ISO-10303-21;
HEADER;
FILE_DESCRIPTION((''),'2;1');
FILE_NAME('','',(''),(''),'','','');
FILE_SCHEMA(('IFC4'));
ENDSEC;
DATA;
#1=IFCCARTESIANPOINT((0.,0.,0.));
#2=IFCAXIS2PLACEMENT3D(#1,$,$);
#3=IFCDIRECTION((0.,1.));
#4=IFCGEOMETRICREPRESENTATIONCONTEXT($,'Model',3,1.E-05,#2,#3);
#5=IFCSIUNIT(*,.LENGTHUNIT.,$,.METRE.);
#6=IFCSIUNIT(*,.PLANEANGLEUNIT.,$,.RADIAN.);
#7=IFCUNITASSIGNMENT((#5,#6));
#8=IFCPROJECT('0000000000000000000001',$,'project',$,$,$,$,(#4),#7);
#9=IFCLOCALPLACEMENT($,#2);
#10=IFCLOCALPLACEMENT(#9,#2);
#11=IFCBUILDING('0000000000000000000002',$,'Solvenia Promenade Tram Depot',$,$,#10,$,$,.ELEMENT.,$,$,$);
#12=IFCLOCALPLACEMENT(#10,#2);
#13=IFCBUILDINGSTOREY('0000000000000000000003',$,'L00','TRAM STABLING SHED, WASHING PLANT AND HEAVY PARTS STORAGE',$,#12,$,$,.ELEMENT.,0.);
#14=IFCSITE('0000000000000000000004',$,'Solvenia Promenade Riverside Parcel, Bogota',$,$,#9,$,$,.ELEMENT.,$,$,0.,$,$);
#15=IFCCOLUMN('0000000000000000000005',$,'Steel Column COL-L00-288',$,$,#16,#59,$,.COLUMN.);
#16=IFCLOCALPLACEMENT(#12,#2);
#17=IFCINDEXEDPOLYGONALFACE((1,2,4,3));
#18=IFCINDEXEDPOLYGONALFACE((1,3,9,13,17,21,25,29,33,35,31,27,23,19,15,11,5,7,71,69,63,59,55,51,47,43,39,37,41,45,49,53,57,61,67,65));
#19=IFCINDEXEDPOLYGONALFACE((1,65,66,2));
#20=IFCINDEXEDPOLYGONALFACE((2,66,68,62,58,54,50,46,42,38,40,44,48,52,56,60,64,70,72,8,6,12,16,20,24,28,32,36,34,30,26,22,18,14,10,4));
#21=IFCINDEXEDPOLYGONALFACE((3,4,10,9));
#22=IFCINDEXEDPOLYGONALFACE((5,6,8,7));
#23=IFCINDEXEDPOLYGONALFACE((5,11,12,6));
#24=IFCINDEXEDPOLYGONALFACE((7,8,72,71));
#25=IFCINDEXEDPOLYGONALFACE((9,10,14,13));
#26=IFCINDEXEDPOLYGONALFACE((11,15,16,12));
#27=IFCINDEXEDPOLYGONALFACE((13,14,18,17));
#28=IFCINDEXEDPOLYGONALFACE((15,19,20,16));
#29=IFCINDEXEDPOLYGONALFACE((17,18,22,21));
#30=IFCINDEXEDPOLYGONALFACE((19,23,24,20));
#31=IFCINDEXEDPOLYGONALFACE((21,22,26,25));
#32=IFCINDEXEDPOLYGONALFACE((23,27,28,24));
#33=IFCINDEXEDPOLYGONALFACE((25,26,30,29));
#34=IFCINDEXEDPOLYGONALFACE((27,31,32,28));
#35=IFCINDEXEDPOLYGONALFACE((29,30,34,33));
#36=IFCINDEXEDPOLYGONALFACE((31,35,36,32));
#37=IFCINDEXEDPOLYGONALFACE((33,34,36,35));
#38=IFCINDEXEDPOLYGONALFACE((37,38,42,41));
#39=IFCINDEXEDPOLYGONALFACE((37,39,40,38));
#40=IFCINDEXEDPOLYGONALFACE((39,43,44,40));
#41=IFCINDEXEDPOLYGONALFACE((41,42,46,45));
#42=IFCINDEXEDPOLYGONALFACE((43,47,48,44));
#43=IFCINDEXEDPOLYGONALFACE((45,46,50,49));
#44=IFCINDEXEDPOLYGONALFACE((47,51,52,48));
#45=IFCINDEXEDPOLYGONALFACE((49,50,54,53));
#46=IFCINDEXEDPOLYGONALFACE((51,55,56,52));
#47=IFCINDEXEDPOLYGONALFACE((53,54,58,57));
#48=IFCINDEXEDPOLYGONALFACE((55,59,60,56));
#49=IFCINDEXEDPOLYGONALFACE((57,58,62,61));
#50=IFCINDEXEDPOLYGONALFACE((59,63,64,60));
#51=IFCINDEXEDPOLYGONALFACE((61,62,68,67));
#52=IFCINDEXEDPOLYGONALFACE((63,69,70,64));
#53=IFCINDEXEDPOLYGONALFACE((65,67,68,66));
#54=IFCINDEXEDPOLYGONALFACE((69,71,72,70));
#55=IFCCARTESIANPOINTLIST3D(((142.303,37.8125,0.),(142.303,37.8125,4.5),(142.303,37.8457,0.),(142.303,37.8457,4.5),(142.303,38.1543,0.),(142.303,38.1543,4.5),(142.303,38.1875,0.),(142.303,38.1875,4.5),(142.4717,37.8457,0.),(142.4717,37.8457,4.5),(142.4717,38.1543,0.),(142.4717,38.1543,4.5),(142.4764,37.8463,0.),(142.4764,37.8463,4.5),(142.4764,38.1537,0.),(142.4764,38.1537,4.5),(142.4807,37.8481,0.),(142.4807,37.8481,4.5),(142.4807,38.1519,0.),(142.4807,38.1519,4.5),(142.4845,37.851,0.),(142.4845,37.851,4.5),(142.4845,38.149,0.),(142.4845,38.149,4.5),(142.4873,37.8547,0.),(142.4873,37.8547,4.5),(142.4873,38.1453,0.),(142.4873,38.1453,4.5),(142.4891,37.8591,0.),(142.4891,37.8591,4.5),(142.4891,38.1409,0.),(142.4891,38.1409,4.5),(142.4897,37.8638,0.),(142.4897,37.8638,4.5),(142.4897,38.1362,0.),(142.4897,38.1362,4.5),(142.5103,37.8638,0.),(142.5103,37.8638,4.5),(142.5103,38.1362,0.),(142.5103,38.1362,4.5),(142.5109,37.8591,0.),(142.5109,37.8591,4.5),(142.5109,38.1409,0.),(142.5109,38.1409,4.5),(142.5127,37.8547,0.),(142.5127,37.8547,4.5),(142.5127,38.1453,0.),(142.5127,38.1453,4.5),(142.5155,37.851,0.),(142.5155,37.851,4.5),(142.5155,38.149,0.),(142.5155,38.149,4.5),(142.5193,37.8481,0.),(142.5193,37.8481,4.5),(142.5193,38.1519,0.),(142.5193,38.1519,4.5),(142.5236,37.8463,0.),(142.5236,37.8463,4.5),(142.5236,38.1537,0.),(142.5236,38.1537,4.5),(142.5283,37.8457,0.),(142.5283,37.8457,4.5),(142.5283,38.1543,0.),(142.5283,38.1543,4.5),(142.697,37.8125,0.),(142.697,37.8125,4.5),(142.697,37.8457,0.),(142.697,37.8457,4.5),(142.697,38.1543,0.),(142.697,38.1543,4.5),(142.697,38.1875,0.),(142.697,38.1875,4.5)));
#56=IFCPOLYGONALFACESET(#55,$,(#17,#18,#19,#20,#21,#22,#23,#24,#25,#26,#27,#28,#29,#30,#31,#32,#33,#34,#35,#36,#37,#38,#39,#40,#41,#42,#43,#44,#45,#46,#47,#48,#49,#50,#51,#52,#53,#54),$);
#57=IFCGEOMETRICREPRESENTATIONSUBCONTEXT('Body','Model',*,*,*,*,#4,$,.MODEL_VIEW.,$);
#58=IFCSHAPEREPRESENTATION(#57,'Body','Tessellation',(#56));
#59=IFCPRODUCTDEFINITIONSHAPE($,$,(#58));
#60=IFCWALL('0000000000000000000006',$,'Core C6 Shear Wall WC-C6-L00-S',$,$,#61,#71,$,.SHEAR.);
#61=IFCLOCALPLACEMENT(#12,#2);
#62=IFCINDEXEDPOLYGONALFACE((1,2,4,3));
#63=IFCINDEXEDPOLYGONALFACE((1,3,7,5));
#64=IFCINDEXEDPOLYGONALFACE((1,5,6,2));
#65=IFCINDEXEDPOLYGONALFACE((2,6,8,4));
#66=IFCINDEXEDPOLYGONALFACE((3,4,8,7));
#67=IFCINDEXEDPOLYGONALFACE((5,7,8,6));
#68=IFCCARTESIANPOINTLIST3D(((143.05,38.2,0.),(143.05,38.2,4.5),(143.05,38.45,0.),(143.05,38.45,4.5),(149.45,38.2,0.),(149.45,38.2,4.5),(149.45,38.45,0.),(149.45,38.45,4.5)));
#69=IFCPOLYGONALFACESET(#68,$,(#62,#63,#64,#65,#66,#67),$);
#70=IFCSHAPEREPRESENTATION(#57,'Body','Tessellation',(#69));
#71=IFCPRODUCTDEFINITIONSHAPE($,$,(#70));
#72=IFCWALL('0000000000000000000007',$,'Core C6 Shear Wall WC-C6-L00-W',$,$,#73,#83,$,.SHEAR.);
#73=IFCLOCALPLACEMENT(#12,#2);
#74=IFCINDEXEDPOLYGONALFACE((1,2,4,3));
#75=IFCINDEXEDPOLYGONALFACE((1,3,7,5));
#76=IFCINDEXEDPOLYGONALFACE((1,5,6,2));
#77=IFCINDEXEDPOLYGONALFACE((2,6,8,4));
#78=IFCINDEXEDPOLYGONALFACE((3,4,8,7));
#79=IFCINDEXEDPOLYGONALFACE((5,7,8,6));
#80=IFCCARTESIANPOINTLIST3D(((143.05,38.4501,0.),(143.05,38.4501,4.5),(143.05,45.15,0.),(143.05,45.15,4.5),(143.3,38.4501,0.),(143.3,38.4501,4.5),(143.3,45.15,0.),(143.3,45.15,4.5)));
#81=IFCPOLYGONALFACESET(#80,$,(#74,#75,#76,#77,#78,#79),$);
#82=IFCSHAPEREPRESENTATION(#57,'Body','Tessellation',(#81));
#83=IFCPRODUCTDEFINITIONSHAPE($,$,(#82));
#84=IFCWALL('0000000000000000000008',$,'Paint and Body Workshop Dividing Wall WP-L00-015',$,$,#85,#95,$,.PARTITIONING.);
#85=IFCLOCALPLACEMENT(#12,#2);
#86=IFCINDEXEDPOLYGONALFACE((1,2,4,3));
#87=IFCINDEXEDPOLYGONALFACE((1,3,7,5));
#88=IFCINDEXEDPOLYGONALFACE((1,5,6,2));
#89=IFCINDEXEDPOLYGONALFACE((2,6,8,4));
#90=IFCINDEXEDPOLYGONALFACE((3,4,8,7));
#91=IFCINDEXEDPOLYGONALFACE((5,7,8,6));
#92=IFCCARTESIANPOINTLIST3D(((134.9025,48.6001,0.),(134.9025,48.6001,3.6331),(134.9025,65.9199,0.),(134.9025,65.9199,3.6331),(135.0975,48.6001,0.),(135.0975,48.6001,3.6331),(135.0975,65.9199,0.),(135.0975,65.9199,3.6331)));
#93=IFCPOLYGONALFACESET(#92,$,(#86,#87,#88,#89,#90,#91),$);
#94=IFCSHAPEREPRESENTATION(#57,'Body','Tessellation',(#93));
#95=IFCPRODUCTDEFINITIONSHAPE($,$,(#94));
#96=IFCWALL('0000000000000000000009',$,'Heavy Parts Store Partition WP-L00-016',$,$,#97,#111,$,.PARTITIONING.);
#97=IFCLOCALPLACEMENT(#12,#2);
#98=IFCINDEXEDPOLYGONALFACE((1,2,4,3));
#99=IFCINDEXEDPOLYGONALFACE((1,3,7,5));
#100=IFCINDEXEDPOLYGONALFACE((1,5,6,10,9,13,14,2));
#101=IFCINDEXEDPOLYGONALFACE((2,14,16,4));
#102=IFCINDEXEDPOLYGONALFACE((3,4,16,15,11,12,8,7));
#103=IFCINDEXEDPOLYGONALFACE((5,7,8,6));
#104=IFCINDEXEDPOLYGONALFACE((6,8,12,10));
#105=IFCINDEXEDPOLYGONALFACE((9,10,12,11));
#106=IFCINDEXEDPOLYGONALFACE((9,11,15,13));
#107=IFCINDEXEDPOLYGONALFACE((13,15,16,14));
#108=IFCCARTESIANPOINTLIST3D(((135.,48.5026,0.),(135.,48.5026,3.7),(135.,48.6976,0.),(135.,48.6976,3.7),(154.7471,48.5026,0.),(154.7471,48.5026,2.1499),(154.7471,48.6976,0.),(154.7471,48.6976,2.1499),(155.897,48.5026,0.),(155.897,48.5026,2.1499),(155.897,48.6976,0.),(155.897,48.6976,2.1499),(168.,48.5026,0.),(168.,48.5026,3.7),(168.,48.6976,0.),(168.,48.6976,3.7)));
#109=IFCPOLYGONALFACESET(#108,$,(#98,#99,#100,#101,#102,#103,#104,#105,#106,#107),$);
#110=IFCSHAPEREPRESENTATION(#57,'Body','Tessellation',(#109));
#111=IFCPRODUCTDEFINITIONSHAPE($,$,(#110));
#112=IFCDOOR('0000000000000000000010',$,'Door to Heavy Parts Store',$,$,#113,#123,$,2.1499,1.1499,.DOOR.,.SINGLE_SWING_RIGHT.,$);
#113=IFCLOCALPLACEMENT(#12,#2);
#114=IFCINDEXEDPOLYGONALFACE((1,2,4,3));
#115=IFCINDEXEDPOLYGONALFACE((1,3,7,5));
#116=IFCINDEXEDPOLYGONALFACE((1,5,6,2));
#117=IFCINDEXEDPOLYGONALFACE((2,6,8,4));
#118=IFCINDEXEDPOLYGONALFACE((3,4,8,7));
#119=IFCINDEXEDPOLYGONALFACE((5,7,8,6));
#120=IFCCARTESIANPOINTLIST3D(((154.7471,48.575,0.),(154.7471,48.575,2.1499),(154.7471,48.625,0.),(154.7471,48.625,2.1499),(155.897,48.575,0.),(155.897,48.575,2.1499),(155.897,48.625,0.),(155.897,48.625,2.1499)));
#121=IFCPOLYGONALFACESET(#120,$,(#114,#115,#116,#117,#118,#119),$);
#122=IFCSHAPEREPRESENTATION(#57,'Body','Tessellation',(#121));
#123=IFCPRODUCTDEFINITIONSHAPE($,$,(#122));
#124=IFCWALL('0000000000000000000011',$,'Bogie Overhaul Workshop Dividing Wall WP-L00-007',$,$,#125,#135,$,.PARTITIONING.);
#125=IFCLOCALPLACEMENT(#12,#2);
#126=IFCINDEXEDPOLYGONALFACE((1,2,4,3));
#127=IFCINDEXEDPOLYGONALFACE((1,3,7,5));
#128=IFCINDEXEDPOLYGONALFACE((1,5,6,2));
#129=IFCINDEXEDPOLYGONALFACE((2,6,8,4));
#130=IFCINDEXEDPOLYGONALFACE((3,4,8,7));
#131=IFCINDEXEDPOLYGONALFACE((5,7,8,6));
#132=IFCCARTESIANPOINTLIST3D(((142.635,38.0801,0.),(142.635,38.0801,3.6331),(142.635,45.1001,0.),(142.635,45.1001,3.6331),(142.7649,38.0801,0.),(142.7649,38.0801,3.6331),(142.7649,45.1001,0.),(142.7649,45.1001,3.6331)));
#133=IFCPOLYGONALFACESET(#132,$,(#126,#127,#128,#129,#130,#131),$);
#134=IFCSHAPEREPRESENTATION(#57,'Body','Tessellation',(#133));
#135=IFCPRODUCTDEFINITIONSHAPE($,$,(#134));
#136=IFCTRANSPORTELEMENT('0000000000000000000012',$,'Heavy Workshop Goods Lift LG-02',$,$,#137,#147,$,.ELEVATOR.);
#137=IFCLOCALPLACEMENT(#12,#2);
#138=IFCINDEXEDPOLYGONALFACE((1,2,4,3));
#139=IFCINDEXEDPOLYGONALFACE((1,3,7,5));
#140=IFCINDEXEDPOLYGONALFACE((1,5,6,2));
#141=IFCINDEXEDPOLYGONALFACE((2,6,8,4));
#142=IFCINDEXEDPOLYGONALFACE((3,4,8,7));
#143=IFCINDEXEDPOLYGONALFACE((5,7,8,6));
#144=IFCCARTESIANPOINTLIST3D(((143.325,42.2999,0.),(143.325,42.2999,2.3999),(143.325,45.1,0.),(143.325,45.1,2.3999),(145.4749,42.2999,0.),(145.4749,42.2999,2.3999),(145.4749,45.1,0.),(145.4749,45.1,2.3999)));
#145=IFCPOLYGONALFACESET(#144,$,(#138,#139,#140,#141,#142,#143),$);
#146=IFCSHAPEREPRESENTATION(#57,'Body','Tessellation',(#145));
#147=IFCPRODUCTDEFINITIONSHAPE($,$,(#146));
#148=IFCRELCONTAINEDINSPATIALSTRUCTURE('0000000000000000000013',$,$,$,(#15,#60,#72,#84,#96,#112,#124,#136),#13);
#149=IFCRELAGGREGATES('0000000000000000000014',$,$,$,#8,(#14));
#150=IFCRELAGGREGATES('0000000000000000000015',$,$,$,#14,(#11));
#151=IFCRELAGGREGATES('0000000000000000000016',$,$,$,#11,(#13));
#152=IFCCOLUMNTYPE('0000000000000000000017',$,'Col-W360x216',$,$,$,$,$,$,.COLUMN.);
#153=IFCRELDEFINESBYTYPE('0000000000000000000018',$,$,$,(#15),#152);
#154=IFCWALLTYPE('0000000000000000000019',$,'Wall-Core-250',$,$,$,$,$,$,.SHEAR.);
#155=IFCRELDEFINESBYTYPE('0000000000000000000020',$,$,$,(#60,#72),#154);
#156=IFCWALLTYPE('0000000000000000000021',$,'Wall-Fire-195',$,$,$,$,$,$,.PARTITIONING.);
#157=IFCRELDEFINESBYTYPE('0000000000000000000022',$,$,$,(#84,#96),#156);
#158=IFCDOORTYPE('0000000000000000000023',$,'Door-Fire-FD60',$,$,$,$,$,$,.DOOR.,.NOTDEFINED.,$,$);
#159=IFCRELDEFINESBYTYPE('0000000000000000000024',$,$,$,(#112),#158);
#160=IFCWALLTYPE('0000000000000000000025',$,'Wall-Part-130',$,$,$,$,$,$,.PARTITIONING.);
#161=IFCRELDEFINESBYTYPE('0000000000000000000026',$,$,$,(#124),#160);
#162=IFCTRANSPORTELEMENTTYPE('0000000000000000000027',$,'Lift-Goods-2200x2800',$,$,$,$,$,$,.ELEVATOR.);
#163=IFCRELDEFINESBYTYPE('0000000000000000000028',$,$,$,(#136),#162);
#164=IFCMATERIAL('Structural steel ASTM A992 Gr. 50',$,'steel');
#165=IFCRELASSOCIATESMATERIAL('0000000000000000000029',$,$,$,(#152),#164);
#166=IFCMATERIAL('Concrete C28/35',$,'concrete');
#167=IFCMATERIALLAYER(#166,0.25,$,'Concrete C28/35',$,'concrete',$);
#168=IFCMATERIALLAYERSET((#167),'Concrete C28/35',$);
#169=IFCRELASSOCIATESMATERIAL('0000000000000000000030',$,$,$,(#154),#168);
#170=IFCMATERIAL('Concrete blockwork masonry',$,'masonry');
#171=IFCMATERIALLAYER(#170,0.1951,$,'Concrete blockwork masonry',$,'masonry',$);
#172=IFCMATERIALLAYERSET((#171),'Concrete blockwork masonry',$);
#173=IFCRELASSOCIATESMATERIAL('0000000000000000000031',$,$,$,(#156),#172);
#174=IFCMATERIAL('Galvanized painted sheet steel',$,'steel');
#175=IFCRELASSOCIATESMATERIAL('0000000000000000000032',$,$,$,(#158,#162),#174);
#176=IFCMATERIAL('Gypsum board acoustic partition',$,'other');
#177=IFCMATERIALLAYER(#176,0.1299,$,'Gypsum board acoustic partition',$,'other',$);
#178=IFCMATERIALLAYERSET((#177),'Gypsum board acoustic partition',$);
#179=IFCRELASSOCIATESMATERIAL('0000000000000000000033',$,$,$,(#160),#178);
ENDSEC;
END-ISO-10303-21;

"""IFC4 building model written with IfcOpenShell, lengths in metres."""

from ifc_helpers import new_model, si_unit, direction, frame, frame_2d, origin, origin_2d, place, context, subcontext, project, spatial, rectangle, i_section, extrude, material, layer, layer_set, material_profile, profile_set, type_object, element, fill, save


model = new_model("IFC4")

# Units and contexts
model_context = context("Model", 3, precision=1e-05, world=origin(), true_north=direction((0.0, 1.0)))
body_context = subcontext(model_context, "Body", "Model", "MODEL_VIEW")
ifc_project = project(units=[si_unit("LENGTHUNIT", "METRE"), si_unit("PLANEANGLEUNIT", "RADIAN")], contexts=[model_context])

# Site, building, storey
site_placement = place(None, origin())
site = spatial("IfcSite", under=ifc_project, at=site_placement, Name="Solvenia Promenade Riverside Parcel, Bogota", CompositionType="ELEMENT", RefElevation=0.0)
building_placement = place(site_placement, origin())
building = spatial("IfcBuilding", under=site, at=building_placement, Name="Solvenia Promenade Tram Depot", CompositionType="ELEMENT")
storey_placement = place(building_placement, origin())
storey = spatial("IfcBuildingStorey", under=building, at=storey_placement, Name="L00", Description="TRAM STABLING SHED, WASHING PLANT AND HEAVY PARTS STORAGE", CompositionType="ELEMENT", Elevation=0.0)

# Shared definitions
ifc_material_1 = material(Name="Concrete C28/35", Category="concrete")

# Column
ifc_material_2 = material(Name="Structural steel ASTM A992 Gr. 50", Category="steel")
ifc_material_profile_1 = material_profile(ifc_material_2, i_section(OverallWidth=0.394, OverallDepth=0.375, WebThickness=0.0205, FlangeThickness=0.0332, FilletRadius=0.0181, at=origin_2d()), Name="W360x216", Category="steel")
ifc_profile_set_1 = profile_set([ifc_material_profile_1], Name="Structural steel ASTM A992 Gr. 50")
column_type = type_object("IfcColumnType", Name="Col-W360x216", PredefinedType="COLUMN", material=ifc_profile_set_1)
column_placement = place(storey_placement, frame((142.5, 38.0, 0.0), z_axis=(0.0, 0.0, 1.0), x_axis=(1.0, 0.0, 0.0)))
element("IfcColumn", 1, at=column_placement, inside=storey, type_object=column_type, Name="Steel Column COL-L00-288", PredefinedType="COLUMN", context=body_context, shape_type="SweptSolid", body=[
    extrude(i_section(OverallWidth=0.394, OverallDepth=0.375, WebThickness=0.0205, FlangeThickness=0.0332, FilletRadius=0.0181, at=origin_2d()), origin(), (0.0, 0.0, 1.0), 4.5),
])

# Wall
ifc_layer_1 = layer(ifc_material_1, 0.25, Name="Concrete C28/35", Category="concrete")
ifc_layer_set_1 = layer_set([ifc_layer_1], Name="Concrete C28/35")
wall_type_1 = type_object("IfcWallType", Name="Wall-Core-250", PredefinedType="SHEAR", material=ifc_layer_set_1)
wall_1_placement = place(storey_placement, frame((143.05, 38.325, 0.0), z_axis=(0.0, 0.0, 1.0), x_axis=(1.0, 0.0, 0.0)))
element("IfcWall", 2, at=wall_1_placement, inside=storey, type_object=wall_type_1, Name="Core C6 Shear Wall WC-C6-L00-S", PredefinedType="SHEAR", context=body_context, shape_type="SweptSolid", body=[
    extrude(rectangle(XDim=6.3999, YDim=0.25, at=frame_2d((3.2, 0.0))), origin(), (0.0, 0.0, 1.0), 4.5),
])

# Shared definitions
ifc_material_3 = material(Name="Galvanized painted sheet steel", Category="steel")

# Walls
wall_2_placement = place(storey_placement, frame((143.175, 38.45, 0.0), z_axis=(0.0, 0.0, 1.0), x_axis=(0.0, 1.0, 0.0)))
element("IfcWall", 3, at=wall_2_placement, inside=storey, type_object=wall_type_1, Name="Core C6 Shear Wall WC-C6-L00-W", PredefinedType="SHEAR", context=body_context, shape_type="SweptSolid", body=[
    extrude(rectangle(XDim=6.7, YDim=0.25, at=frame_2d((3.3501, 0.0))), origin(), (0.0, 0.0, 1.0), 4.5),
])
ifc_material_4 = material(Name="Concrete blockwork masonry", Category="masonry")
ifc_layer_2 = layer(ifc_material_4, 0.1951, Name="Concrete blockwork masonry", Category="masonry")
ifc_layer_set_2 = layer_set([ifc_layer_2], Name="Concrete blockwork masonry")
wall_type_2 = type_object("IfcWallType", Name="Wall-Fire-195", PredefinedType="PARTITIONING", material=ifc_layer_set_2)
wall_3_placement = place(storey_placement, frame((135.0, 48.6001, 0.0), z_axis=(0.0, 0.0, 1.0), x_axis=(0.0, 1.0, 0.0)))
element("IfcWall", 4, at=wall_3_placement, inside=storey, type_object=wall_type_2, Name="Paint and Body Workshop Dividing Wall WP-L00-015", PredefinedType="PARTITIONING", context=body_context, shape_type="SweptSolid", body=[
    extrude(rectangle(XDim=17.3198, YDim=0.1951, at=frame_2d((8.6599, 0.0))), origin(), (0.0, 0.0, 1.0), 3.6331),
])

# Wall, opening, door
wall_4_placement = place(storey_placement, frame((135.0, 48.6001, 0.0), z_axis=(0.0, 0.0, 1.0), x_axis=(1.0, 0.0, 0.0)))
wall_4 = element("IfcWall", 5, at=wall_4_placement, inside=storey, type_object=wall_type_2, Name="Heavy Parts Store Partition WP-L00-016", PredefinedType="PARTITIONING", context=body_context, shape_type="SweptSolid", body=[
    extrude(rectangle(XDim=33.0, YDim=0.1951, at=frame_2d((16.5, 0.0))), origin(), (0.0, 0.0, 1.0), 3.7),
])
opening_1_placement = place(wall_4_placement, frame((19.7471, 0.0, 0.0)))
opening_1 = element("IfcOpeningElement", 6, at=opening_1_placement, cuts=wall_4, PredefinedType="OPENING", context=body_context, shape_type="SweptSolid", body=[
    extrude(rectangle(XDim=1.1499, YDim=2.1499, at=frame_2d((0.575, 1.075))), frame((0.0, 0.1074, 0.0), z_axis=(0.0, -1.0, 0.0), x_axis=(1.0, 0.0, 0.0)), (0.0, 0.0, 1.0), 0.2151),
])
door_type_1 = type_object("IfcDoorType", Name="Door-Fire-FD60", OperationType="NOTDEFINED", PredefinedType="DOOR", material=ifc_material_3)
door_1_placement = place(opening_1_placement, origin())
door_1 = element("IfcDoor", 7, at=door_1_placement, inside=storey, type_object=door_type_1, Name="Door to Heavy Parts Store", OperationType="SINGLE_SWING_RIGHT", OverallHeight=2.1499, OverallWidth=1.1499, PredefinedType="DOOR", context=body_context, shape_type="SweptSolid", body=[
    extrude(rectangle(XDim=1.1499, YDim=2.1499, at=frame_2d((0.575, 1.075))), frame((0.0, 0.0249, 0.0), z_axis=(0.0, -1.0, 0.0), x_axis=(1.0, 0.0, 0.0)), (0.0, 0.0, 1.0), 0.05),
])
fill(opening_1, door_1)

# Wall
ifc_material_5 = material(Name="Gypsum board acoustic partition", Category="other")
ifc_layer_3 = layer(ifc_material_5, 0.1299, Name="Gypsum board acoustic partition", Category="other")
ifc_layer_set_3 = layer_set([ifc_layer_3], Name="Gypsum board acoustic partition")
wall_type_3 = type_object("IfcWallType", Name="Wall-Part-130", PredefinedType="PARTITIONING", material=ifc_layer_set_3)
wall_5_placement = place(storey_placement, frame((142.7, 38.0801, 0.0), z_axis=(0.0, 0.0, 1.0), x_axis=(0.0, 1.0, 0.0)))
element("IfcWall", 8, at=wall_5_placement, inside=storey, type_object=wall_type_3, Name="Bogie Overhaul Workshop Dividing Wall WP-L00-007", PredefinedType="PARTITIONING", context=body_context, shape_type="SweptSolid", body=[
    extrude(rectangle(XDim=7.02, YDim=0.1299, at=frame_2d((3.51, 0.0))), origin(), (0.0, 0.0, 1.0), 3.6331),
])

# Transport element
transport_element_type = type_object("IfcTransportElementType", Name="Lift-Goods-2200x2800", PredefinedType="ELEVATOR", material=ifc_material_3)
transport_element_placement = place(storey_placement, frame((144.3999, 43.7, 0.0), z_axis=(0.0, 0.0, 1.0), x_axis=(1.0, 0.0, 0.0)))
element("IfcTransportElement", 9, at=transport_element_placement, inside=storey, type_object=transport_element_type, Name="Heavy Workshop Goods Lift LG-02", PredefinedType="ELEVATOR", context=body_context, shape_type="SweptSolid", body=[
    extrude(rectangle(XDim=2.1499, YDim=2.8, at=origin_2d()), origin(), (0.0, 0.0, 1.0), 2.3999),
])

save(model, "model.ifc")
